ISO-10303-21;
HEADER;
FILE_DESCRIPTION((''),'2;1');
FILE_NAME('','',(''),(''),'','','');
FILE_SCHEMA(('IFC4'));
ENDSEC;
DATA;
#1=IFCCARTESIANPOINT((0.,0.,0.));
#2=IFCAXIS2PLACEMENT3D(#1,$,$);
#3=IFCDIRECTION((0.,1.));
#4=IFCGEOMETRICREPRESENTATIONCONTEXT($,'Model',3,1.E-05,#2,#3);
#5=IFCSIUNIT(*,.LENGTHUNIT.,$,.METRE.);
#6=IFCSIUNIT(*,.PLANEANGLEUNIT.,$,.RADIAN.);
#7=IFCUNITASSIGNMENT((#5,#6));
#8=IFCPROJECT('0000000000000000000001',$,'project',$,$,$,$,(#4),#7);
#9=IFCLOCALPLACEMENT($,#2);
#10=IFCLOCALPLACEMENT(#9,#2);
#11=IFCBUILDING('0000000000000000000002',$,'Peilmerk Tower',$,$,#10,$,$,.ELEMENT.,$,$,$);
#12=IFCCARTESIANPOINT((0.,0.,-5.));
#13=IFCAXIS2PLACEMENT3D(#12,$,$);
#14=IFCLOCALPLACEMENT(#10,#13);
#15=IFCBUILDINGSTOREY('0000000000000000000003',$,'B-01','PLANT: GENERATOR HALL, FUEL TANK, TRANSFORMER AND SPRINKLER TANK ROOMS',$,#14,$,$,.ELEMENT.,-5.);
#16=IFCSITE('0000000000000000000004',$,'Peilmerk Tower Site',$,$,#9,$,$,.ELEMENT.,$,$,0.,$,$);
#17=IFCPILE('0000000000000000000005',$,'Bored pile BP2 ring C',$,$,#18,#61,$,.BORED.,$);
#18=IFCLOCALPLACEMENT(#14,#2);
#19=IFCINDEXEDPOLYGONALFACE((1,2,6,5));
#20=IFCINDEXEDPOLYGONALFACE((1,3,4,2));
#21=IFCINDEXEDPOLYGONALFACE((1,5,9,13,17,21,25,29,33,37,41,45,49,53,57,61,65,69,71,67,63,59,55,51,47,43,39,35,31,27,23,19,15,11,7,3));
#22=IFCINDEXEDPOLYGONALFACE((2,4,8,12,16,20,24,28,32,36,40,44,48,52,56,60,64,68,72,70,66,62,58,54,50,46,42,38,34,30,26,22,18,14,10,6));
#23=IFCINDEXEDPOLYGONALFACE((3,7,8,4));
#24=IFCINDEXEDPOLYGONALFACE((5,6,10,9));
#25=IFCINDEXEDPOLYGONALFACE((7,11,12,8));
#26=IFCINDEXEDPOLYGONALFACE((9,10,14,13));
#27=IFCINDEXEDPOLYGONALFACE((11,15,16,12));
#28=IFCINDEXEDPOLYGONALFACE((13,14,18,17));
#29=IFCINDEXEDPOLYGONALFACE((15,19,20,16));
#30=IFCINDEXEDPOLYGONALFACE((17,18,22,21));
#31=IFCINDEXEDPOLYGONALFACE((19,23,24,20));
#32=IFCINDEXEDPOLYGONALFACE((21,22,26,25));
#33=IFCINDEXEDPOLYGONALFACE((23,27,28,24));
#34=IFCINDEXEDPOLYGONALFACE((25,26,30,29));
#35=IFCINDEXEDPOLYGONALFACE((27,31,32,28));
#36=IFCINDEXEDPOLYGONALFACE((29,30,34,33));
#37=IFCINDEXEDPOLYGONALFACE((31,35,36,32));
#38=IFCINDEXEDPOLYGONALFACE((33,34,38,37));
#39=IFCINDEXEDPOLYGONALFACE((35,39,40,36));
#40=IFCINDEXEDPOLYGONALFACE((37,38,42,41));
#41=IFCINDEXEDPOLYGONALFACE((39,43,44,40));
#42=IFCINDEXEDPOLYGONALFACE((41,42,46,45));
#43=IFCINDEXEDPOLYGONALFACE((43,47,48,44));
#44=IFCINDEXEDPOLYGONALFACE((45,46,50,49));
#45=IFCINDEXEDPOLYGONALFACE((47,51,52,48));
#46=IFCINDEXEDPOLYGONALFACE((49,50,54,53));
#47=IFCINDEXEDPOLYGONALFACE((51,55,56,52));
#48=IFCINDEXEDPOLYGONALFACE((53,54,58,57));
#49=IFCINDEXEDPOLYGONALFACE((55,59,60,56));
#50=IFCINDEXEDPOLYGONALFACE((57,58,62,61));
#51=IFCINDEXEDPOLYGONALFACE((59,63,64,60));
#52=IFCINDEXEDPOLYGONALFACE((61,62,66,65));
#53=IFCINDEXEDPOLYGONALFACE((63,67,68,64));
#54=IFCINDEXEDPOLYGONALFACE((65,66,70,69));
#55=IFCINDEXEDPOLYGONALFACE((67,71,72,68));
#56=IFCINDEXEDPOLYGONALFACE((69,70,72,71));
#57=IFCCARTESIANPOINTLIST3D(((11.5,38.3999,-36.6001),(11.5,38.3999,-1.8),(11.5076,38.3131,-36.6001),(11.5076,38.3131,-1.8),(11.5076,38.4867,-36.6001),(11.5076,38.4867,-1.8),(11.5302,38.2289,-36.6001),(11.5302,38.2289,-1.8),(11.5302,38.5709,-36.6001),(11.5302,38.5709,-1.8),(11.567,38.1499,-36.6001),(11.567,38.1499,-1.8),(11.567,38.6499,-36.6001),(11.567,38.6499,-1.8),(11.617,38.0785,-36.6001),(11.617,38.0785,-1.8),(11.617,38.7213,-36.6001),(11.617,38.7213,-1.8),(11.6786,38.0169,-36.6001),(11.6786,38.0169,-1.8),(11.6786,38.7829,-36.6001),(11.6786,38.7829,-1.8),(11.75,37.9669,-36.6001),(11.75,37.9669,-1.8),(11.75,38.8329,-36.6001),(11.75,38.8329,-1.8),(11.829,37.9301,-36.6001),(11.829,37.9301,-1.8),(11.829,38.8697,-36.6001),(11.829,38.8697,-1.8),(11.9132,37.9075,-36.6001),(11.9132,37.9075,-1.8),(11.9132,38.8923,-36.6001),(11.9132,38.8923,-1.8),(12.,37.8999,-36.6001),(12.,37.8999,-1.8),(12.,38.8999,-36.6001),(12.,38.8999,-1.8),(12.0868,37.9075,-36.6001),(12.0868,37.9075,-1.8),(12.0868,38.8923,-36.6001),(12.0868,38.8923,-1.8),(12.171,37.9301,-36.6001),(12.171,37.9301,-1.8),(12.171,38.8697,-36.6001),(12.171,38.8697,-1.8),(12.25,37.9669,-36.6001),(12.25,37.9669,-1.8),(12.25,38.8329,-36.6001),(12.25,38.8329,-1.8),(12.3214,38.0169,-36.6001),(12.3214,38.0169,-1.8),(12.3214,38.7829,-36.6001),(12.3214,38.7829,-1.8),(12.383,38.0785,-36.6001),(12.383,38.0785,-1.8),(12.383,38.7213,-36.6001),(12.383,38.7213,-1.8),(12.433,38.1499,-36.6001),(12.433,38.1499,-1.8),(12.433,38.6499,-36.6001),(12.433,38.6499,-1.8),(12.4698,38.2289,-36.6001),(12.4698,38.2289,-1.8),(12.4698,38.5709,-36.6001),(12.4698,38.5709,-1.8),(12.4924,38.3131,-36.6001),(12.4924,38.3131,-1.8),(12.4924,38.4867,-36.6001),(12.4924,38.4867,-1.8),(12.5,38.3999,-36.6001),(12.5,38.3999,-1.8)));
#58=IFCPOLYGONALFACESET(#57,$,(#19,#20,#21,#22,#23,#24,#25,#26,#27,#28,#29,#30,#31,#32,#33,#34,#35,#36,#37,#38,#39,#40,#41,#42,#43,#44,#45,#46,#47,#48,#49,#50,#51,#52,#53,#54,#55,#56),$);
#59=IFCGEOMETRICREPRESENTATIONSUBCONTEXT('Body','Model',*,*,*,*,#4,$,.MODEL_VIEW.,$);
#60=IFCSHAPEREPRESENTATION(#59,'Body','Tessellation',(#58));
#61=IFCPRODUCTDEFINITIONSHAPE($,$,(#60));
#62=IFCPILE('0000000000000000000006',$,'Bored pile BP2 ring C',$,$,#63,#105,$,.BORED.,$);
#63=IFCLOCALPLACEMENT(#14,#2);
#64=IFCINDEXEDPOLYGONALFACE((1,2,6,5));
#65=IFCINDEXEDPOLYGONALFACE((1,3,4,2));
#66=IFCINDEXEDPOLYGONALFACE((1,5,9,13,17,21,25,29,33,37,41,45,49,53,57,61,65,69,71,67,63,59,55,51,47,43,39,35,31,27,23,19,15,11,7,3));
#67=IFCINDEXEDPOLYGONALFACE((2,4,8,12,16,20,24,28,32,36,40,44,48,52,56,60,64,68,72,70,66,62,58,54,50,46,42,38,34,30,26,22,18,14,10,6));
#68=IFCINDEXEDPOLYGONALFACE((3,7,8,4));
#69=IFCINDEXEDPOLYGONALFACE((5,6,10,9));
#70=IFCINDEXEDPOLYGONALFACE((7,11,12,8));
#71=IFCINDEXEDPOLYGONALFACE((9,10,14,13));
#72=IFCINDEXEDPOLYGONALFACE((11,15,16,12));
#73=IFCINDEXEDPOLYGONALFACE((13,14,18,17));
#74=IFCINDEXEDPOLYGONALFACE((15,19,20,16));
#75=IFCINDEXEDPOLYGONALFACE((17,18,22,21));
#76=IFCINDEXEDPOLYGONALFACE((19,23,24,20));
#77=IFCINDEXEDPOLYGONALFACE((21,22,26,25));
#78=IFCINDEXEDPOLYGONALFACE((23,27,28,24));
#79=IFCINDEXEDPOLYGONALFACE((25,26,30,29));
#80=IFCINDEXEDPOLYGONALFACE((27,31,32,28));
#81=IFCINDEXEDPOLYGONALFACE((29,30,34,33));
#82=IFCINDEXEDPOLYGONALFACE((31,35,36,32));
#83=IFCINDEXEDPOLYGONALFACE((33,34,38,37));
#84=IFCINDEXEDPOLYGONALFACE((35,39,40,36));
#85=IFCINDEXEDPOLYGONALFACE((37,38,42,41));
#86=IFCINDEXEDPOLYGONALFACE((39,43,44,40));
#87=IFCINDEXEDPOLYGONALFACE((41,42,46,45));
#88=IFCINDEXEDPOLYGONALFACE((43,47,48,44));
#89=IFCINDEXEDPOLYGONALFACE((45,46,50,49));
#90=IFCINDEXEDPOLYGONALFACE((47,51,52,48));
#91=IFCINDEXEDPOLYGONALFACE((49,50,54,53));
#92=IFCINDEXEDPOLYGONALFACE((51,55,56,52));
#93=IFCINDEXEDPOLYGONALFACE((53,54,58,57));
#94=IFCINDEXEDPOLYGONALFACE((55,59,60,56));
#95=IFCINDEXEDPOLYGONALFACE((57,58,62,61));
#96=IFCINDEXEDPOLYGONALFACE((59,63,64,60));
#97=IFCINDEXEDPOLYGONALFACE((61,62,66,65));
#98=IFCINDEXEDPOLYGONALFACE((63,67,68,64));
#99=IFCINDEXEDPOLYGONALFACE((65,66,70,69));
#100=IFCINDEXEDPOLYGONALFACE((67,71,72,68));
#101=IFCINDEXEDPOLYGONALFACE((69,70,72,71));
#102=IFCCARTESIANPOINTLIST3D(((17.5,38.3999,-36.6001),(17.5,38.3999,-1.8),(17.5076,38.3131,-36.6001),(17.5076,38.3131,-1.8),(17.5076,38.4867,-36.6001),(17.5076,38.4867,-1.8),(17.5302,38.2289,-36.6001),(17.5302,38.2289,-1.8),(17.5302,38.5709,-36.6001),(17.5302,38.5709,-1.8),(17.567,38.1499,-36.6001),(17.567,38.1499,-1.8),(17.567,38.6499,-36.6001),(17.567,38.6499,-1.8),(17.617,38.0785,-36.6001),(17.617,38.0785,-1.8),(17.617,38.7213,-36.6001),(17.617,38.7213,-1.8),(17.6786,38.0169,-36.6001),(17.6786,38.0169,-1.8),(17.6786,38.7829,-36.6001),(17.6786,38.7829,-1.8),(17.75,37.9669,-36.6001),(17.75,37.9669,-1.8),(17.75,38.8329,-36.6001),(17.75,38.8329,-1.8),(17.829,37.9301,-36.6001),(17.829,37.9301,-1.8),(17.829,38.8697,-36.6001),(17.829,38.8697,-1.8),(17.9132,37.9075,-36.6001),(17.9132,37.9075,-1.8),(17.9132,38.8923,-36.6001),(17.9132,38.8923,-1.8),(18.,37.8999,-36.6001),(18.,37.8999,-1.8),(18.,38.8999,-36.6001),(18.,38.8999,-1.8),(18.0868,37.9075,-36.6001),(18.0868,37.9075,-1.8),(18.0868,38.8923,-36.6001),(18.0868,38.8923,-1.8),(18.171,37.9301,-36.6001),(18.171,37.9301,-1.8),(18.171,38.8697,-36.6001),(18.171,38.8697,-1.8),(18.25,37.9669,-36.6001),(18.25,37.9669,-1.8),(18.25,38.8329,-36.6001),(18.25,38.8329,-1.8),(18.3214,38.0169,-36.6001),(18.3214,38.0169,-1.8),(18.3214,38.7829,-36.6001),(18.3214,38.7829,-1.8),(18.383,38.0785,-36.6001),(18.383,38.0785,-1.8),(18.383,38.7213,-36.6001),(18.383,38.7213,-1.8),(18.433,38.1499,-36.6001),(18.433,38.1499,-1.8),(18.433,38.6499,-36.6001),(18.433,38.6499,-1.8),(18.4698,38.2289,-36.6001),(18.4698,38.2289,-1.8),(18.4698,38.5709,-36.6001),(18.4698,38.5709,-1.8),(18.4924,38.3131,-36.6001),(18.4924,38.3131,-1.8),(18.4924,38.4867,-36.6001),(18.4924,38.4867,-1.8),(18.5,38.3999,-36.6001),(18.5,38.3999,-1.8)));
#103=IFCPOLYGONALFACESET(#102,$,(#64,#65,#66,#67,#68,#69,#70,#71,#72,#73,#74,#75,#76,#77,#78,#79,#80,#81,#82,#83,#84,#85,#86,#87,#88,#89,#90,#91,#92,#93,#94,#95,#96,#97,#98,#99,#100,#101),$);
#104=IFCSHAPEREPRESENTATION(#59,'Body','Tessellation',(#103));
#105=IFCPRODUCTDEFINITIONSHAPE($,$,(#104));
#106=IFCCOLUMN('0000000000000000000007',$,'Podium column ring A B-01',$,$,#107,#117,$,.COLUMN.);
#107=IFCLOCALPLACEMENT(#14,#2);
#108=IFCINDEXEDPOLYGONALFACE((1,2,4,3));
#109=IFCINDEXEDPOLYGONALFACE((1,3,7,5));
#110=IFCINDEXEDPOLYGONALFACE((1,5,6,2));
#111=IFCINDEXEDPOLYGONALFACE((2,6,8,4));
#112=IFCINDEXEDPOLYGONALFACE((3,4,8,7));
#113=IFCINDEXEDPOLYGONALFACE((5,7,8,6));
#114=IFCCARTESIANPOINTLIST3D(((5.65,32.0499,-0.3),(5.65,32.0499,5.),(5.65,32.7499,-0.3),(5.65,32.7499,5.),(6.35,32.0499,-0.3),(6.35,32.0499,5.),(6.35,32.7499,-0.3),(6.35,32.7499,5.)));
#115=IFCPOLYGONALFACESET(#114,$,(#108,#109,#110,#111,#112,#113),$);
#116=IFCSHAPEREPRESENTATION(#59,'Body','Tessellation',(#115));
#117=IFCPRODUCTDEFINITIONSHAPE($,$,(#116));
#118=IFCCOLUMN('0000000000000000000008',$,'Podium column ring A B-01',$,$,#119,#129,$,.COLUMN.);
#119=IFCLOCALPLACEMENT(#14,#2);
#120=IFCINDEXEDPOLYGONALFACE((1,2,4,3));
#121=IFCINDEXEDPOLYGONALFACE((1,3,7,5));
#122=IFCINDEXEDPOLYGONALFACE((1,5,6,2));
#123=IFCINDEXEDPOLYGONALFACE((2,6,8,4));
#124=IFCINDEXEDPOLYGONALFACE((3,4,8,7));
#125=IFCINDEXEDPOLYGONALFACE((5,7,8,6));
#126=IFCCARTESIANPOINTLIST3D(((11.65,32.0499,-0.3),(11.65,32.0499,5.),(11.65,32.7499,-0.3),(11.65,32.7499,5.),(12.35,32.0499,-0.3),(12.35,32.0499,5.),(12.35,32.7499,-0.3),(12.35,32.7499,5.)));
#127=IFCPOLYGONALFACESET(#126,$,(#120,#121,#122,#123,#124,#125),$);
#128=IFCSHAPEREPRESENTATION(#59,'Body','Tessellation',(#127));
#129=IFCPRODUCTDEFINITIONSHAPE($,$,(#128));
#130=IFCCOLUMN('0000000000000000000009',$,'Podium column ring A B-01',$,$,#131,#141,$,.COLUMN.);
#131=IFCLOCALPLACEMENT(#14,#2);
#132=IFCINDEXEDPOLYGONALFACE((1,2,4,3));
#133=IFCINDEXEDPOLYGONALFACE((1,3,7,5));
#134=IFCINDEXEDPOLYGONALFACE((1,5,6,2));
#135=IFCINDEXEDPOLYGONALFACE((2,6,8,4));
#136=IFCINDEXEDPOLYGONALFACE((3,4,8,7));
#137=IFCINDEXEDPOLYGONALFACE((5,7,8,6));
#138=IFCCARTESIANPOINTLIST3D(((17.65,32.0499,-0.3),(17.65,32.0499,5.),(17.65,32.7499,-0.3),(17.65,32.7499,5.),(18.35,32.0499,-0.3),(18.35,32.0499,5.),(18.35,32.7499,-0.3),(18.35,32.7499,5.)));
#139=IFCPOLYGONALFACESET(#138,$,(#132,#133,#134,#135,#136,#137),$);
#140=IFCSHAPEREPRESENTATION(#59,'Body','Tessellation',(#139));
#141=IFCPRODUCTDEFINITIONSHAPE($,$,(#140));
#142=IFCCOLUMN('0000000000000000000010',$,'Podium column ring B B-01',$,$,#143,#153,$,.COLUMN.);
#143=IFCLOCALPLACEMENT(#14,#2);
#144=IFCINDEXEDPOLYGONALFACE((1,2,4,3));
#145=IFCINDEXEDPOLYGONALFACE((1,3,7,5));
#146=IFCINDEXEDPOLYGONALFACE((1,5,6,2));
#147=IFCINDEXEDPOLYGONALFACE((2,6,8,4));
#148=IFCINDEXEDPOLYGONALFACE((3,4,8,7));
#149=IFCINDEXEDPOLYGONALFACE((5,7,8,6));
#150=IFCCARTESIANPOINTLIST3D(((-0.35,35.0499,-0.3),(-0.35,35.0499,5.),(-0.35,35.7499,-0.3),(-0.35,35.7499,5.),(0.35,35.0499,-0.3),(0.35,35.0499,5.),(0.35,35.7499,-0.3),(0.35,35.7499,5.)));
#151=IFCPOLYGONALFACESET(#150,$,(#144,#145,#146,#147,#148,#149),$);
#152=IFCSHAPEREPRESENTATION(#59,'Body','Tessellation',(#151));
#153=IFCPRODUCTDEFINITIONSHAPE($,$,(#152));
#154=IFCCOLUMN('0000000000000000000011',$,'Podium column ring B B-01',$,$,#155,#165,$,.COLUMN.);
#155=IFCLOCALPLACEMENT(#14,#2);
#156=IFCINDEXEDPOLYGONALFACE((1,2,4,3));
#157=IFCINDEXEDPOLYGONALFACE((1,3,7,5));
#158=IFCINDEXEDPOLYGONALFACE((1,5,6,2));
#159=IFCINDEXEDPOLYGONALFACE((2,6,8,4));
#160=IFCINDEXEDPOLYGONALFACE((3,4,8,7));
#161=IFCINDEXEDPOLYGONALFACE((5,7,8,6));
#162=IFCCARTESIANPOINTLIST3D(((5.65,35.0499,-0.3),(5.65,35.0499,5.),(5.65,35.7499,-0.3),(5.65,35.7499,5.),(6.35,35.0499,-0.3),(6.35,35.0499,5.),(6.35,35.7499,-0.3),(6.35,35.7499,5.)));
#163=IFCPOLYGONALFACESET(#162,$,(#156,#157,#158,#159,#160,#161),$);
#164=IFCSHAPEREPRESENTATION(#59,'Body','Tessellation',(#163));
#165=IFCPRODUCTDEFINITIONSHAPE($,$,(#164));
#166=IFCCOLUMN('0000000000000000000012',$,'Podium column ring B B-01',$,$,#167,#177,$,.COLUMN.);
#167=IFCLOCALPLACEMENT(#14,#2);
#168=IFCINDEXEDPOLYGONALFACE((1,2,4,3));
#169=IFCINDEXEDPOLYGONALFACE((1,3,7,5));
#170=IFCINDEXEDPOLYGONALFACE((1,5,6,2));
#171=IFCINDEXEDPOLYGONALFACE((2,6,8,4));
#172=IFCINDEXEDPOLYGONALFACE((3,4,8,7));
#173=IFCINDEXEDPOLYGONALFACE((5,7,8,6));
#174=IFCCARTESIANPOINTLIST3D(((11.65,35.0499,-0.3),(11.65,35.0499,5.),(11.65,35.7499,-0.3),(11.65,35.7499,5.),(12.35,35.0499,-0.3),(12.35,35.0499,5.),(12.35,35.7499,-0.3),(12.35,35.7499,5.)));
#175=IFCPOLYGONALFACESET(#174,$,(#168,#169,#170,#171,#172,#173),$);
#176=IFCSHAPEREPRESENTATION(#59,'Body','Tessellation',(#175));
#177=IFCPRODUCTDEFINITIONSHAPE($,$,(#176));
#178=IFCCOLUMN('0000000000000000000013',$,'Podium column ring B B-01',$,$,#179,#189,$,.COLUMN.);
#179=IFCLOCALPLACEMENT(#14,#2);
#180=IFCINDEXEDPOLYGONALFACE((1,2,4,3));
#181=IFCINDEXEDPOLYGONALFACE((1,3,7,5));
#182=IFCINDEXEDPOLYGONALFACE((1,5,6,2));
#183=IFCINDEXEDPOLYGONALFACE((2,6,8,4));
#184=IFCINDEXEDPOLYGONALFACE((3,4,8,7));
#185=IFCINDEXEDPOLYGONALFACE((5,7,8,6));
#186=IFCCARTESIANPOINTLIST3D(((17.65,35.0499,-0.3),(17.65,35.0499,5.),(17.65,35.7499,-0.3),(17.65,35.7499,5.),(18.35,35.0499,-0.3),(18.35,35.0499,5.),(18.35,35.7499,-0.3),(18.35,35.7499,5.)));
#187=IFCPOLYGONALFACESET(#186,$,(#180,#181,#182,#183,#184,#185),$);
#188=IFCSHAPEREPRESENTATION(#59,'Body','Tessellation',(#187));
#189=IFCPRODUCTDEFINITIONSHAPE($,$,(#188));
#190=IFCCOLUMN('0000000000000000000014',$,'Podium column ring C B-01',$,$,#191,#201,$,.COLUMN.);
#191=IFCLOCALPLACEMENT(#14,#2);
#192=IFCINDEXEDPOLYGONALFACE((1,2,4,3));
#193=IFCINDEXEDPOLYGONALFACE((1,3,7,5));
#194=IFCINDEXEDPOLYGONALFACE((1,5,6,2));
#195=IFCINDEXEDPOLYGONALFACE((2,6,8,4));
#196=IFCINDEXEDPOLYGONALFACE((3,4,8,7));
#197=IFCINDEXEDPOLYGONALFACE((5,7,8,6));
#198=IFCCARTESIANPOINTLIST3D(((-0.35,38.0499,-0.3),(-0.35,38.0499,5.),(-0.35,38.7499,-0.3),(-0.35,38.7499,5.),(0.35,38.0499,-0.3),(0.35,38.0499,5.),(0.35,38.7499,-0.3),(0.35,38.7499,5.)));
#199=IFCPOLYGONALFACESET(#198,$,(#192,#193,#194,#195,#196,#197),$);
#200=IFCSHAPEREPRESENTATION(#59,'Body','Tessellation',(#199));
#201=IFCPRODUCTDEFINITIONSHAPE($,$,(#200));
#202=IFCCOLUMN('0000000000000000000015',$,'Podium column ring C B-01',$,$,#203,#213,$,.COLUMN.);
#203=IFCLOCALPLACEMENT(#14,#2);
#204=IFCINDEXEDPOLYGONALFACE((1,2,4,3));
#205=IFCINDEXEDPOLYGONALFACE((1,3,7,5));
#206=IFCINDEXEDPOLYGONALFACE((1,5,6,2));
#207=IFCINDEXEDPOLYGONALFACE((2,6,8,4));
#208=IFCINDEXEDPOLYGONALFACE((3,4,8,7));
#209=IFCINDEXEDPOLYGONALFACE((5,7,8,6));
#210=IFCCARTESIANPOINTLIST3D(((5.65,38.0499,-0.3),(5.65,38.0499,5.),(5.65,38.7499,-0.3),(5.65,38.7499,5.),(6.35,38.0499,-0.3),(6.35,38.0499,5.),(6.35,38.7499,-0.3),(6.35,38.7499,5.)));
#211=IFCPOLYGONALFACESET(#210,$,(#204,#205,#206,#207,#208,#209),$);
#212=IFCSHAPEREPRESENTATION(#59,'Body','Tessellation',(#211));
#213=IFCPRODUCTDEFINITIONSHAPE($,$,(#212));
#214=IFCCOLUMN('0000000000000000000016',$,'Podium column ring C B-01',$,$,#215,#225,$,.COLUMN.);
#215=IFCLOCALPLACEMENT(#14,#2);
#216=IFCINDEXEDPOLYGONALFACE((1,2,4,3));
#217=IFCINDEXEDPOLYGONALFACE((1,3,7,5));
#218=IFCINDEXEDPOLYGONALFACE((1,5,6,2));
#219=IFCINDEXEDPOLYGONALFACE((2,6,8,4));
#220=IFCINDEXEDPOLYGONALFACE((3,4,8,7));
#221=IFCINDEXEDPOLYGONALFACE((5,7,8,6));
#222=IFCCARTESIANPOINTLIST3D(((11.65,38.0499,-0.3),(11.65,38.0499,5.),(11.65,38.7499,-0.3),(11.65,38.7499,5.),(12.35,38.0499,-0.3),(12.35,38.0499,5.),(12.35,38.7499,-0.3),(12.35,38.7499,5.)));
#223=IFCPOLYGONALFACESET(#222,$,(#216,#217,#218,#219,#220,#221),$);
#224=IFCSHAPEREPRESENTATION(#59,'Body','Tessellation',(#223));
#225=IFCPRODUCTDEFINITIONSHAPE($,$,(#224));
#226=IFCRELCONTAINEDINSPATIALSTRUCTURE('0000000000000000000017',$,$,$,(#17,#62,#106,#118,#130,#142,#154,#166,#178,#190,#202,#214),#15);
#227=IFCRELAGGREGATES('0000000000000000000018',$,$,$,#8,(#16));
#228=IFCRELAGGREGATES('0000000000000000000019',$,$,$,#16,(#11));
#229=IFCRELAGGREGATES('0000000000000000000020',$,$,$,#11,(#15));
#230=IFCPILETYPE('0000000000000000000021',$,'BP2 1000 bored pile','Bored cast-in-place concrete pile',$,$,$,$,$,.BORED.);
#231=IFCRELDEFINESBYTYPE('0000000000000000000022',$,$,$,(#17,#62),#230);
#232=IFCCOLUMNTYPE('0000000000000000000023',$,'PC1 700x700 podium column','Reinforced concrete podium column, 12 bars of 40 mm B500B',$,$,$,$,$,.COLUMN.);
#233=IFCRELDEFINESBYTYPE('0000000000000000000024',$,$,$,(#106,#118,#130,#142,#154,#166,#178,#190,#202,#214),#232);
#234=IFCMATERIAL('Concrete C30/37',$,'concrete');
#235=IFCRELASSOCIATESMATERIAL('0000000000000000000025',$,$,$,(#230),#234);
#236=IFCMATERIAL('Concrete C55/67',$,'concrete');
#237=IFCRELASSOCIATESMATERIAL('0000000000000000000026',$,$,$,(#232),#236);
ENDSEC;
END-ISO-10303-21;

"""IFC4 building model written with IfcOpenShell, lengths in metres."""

from ifc_helpers import new_model, si_unit, direction, frame, origin, origin_2d, place, context, subcontext, project, spatial, rectangle, circle, extrude, material, material_profile, profile_set, type_object, element, save


model = new_model("IFC4")

# Units and contexts
model_context = context("Model", 3, precision=1e-05, world=origin(), true_north=direction((0.0, 1.0)))
body_context = subcontext(model_context, "Body", "Model", "MODEL_VIEW")
ifc_project = project(units=[si_unit("LENGTHUNIT", "METRE"), si_unit("PLANEANGLEUNIT", "RADIAN")], contexts=[model_context])

# Site, building, storey
site_placement = place(None, origin())
site = spatial("IfcSite", under=ifc_project, at=site_placement, Name="Peilmerk Tower Site", CompositionType="ELEMENT", RefElevation=0.0)
building_placement = place(site_placement, origin())
building = spatial("IfcBuilding", under=site, at=building_placement, Name="Peilmerk Tower", CompositionType="ELEMENT")
storey_placement = place(building_placement, frame((0.0, 0.0, -5.0)))
storey = spatial("IfcBuildingStorey", under=building, at=storey_placement, Name="B-01", Description="PLANT: GENERATOR HALL, FUEL TANK, TRANSFORMER AND SPRINKLER TANK ROOMS", CompositionType="ELEMENT", Elevation=-5.0)

# Piles
ifc_material_1 = material(Name="Concrete C30/37", Category="concrete")
ifc_material_profile_1 = material_profile(ifc_material_1, circle(Radius=0.5, at=origin_2d()), Name="BP 1000")
ifc_profile_set_1 = profile_set([ifc_material_profile_1], Name="Concrete C30/37")
pile_type_1 = type_object("IfcPileType", Name="BP2 1000 bored pile", Description="Bored cast-in-place concrete pile", PredefinedType="BORED", material=ifc_profile_set_1)
for number, where, z_axis, x_axis, name in (
    (1, (12.0, 38.3999, -1.8), (0.0, 0.0, -1.0), (1.0, 0.0, 0.0), "Bored pile BP2 ring C"),
    (2, (18.0, 38.3999, -1.8), (0.0, 0.0, -1.0), (1.0, 0.0, 0.0), "Bored pile BP2 ring C"),
):
    element("IfcPile", number, at=place(storey_placement, frame(where, z_axis=z_axis, x_axis=x_axis)), inside=storey, type_object=pile_type_1, Name=name, PredefinedType="BORED", context=body_context, shape_type="SweptSolid", body=[
        extrude(circle(Radius=0.5, at=origin_2d()), origin(), (0.0, 0.0, 1.0), 34.8),
    ])

# Columns
ifc_material_2 = material(Name="Concrete C55/67", Category="concrete")
ifc_material_profile_2 = material_profile(ifc_material_2, rectangle(XDim=0.7, YDim=0.7, at=origin_2d()), Name="RC 700x700")
ifc_profile_set_2 = profile_set([ifc_material_profile_2], Name="Concrete C55/67")
column_type_1 = type_object("IfcColumnType", Name="PC1 700x700 podium column", Description="Reinforced concrete podium column, 12 bars of 40 mm B500B", PredefinedType="COLUMN", material=ifc_profile_set_2)
for number, where, z_axis, x_axis, name in (
    (3, (6.0, 32.3999, -0.3), (0.0, 0.0, 1.0), (1.0, 0.0, 0.0), "Podium column ring A B-01"),
    (4, (12.0, 32.3999, -0.3), (0.0, 0.0, 1.0), (1.0, 0.0, 0.0), "Podium column ring A B-01"),
    (5, (18.0, 32.3999, -0.3), (0.0, 0.0, 1.0), (1.0, 0.0, 0.0), "Podium column ring A B-01"),
    (6, (0.0, 35.3999, -0.3), (0.0, 0.0, 1.0), (1.0, 0.0, 0.0), "Podium column ring B B-01"),
    (7, (6.0, 35.3999, -0.3), (0.0, 0.0, 1.0), (1.0, 0.0, 0.0), "Podium column ring B B-01"),
    (8, (12.0, 35.3999, -0.3), (0.0, 0.0, 1.0), (1.0, 0.0, 0.0), "Podium column ring B B-01"),
    (9, (18.0, 35.3999, -0.3), (0.0, 0.0, 1.0), (1.0, 0.0, 0.0), "Podium column ring B B-01"),
    (10, (0.0, 38.3999, -0.3), (0.0, 0.0, 1.0), (1.0, 0.0, 0.0), "Podium column ring C B-01"),
    (11, (6.0, 38.3999, -0.3), (0.0, 0.0, 1.0), (1.0, 0.0, 0.0), "Podium column ring C B-01"),
    (12, (12.0, 38.3999, -0.3), (0.0, 0.0, 1.0), (1.0, 0.0, 0.0), "Podium column ring C B-01"),
):
    element("IfcColumn", number, at=place(storey_placement, frame(where, z_axis=z_axis, x_axis=x_axis)), inside=storey, type_object=column_type_1, Name=name, PredefinedType="COLUMN", context=body_context, shape_type="SweptSolid", body=[
        extrude(rectangle(XDim=0.7, YDim=0.7, at=origin_2d()), origin(), (0.0, 0.0, 1.0), 5.3),
    ])

save(model, "model.ifc")
